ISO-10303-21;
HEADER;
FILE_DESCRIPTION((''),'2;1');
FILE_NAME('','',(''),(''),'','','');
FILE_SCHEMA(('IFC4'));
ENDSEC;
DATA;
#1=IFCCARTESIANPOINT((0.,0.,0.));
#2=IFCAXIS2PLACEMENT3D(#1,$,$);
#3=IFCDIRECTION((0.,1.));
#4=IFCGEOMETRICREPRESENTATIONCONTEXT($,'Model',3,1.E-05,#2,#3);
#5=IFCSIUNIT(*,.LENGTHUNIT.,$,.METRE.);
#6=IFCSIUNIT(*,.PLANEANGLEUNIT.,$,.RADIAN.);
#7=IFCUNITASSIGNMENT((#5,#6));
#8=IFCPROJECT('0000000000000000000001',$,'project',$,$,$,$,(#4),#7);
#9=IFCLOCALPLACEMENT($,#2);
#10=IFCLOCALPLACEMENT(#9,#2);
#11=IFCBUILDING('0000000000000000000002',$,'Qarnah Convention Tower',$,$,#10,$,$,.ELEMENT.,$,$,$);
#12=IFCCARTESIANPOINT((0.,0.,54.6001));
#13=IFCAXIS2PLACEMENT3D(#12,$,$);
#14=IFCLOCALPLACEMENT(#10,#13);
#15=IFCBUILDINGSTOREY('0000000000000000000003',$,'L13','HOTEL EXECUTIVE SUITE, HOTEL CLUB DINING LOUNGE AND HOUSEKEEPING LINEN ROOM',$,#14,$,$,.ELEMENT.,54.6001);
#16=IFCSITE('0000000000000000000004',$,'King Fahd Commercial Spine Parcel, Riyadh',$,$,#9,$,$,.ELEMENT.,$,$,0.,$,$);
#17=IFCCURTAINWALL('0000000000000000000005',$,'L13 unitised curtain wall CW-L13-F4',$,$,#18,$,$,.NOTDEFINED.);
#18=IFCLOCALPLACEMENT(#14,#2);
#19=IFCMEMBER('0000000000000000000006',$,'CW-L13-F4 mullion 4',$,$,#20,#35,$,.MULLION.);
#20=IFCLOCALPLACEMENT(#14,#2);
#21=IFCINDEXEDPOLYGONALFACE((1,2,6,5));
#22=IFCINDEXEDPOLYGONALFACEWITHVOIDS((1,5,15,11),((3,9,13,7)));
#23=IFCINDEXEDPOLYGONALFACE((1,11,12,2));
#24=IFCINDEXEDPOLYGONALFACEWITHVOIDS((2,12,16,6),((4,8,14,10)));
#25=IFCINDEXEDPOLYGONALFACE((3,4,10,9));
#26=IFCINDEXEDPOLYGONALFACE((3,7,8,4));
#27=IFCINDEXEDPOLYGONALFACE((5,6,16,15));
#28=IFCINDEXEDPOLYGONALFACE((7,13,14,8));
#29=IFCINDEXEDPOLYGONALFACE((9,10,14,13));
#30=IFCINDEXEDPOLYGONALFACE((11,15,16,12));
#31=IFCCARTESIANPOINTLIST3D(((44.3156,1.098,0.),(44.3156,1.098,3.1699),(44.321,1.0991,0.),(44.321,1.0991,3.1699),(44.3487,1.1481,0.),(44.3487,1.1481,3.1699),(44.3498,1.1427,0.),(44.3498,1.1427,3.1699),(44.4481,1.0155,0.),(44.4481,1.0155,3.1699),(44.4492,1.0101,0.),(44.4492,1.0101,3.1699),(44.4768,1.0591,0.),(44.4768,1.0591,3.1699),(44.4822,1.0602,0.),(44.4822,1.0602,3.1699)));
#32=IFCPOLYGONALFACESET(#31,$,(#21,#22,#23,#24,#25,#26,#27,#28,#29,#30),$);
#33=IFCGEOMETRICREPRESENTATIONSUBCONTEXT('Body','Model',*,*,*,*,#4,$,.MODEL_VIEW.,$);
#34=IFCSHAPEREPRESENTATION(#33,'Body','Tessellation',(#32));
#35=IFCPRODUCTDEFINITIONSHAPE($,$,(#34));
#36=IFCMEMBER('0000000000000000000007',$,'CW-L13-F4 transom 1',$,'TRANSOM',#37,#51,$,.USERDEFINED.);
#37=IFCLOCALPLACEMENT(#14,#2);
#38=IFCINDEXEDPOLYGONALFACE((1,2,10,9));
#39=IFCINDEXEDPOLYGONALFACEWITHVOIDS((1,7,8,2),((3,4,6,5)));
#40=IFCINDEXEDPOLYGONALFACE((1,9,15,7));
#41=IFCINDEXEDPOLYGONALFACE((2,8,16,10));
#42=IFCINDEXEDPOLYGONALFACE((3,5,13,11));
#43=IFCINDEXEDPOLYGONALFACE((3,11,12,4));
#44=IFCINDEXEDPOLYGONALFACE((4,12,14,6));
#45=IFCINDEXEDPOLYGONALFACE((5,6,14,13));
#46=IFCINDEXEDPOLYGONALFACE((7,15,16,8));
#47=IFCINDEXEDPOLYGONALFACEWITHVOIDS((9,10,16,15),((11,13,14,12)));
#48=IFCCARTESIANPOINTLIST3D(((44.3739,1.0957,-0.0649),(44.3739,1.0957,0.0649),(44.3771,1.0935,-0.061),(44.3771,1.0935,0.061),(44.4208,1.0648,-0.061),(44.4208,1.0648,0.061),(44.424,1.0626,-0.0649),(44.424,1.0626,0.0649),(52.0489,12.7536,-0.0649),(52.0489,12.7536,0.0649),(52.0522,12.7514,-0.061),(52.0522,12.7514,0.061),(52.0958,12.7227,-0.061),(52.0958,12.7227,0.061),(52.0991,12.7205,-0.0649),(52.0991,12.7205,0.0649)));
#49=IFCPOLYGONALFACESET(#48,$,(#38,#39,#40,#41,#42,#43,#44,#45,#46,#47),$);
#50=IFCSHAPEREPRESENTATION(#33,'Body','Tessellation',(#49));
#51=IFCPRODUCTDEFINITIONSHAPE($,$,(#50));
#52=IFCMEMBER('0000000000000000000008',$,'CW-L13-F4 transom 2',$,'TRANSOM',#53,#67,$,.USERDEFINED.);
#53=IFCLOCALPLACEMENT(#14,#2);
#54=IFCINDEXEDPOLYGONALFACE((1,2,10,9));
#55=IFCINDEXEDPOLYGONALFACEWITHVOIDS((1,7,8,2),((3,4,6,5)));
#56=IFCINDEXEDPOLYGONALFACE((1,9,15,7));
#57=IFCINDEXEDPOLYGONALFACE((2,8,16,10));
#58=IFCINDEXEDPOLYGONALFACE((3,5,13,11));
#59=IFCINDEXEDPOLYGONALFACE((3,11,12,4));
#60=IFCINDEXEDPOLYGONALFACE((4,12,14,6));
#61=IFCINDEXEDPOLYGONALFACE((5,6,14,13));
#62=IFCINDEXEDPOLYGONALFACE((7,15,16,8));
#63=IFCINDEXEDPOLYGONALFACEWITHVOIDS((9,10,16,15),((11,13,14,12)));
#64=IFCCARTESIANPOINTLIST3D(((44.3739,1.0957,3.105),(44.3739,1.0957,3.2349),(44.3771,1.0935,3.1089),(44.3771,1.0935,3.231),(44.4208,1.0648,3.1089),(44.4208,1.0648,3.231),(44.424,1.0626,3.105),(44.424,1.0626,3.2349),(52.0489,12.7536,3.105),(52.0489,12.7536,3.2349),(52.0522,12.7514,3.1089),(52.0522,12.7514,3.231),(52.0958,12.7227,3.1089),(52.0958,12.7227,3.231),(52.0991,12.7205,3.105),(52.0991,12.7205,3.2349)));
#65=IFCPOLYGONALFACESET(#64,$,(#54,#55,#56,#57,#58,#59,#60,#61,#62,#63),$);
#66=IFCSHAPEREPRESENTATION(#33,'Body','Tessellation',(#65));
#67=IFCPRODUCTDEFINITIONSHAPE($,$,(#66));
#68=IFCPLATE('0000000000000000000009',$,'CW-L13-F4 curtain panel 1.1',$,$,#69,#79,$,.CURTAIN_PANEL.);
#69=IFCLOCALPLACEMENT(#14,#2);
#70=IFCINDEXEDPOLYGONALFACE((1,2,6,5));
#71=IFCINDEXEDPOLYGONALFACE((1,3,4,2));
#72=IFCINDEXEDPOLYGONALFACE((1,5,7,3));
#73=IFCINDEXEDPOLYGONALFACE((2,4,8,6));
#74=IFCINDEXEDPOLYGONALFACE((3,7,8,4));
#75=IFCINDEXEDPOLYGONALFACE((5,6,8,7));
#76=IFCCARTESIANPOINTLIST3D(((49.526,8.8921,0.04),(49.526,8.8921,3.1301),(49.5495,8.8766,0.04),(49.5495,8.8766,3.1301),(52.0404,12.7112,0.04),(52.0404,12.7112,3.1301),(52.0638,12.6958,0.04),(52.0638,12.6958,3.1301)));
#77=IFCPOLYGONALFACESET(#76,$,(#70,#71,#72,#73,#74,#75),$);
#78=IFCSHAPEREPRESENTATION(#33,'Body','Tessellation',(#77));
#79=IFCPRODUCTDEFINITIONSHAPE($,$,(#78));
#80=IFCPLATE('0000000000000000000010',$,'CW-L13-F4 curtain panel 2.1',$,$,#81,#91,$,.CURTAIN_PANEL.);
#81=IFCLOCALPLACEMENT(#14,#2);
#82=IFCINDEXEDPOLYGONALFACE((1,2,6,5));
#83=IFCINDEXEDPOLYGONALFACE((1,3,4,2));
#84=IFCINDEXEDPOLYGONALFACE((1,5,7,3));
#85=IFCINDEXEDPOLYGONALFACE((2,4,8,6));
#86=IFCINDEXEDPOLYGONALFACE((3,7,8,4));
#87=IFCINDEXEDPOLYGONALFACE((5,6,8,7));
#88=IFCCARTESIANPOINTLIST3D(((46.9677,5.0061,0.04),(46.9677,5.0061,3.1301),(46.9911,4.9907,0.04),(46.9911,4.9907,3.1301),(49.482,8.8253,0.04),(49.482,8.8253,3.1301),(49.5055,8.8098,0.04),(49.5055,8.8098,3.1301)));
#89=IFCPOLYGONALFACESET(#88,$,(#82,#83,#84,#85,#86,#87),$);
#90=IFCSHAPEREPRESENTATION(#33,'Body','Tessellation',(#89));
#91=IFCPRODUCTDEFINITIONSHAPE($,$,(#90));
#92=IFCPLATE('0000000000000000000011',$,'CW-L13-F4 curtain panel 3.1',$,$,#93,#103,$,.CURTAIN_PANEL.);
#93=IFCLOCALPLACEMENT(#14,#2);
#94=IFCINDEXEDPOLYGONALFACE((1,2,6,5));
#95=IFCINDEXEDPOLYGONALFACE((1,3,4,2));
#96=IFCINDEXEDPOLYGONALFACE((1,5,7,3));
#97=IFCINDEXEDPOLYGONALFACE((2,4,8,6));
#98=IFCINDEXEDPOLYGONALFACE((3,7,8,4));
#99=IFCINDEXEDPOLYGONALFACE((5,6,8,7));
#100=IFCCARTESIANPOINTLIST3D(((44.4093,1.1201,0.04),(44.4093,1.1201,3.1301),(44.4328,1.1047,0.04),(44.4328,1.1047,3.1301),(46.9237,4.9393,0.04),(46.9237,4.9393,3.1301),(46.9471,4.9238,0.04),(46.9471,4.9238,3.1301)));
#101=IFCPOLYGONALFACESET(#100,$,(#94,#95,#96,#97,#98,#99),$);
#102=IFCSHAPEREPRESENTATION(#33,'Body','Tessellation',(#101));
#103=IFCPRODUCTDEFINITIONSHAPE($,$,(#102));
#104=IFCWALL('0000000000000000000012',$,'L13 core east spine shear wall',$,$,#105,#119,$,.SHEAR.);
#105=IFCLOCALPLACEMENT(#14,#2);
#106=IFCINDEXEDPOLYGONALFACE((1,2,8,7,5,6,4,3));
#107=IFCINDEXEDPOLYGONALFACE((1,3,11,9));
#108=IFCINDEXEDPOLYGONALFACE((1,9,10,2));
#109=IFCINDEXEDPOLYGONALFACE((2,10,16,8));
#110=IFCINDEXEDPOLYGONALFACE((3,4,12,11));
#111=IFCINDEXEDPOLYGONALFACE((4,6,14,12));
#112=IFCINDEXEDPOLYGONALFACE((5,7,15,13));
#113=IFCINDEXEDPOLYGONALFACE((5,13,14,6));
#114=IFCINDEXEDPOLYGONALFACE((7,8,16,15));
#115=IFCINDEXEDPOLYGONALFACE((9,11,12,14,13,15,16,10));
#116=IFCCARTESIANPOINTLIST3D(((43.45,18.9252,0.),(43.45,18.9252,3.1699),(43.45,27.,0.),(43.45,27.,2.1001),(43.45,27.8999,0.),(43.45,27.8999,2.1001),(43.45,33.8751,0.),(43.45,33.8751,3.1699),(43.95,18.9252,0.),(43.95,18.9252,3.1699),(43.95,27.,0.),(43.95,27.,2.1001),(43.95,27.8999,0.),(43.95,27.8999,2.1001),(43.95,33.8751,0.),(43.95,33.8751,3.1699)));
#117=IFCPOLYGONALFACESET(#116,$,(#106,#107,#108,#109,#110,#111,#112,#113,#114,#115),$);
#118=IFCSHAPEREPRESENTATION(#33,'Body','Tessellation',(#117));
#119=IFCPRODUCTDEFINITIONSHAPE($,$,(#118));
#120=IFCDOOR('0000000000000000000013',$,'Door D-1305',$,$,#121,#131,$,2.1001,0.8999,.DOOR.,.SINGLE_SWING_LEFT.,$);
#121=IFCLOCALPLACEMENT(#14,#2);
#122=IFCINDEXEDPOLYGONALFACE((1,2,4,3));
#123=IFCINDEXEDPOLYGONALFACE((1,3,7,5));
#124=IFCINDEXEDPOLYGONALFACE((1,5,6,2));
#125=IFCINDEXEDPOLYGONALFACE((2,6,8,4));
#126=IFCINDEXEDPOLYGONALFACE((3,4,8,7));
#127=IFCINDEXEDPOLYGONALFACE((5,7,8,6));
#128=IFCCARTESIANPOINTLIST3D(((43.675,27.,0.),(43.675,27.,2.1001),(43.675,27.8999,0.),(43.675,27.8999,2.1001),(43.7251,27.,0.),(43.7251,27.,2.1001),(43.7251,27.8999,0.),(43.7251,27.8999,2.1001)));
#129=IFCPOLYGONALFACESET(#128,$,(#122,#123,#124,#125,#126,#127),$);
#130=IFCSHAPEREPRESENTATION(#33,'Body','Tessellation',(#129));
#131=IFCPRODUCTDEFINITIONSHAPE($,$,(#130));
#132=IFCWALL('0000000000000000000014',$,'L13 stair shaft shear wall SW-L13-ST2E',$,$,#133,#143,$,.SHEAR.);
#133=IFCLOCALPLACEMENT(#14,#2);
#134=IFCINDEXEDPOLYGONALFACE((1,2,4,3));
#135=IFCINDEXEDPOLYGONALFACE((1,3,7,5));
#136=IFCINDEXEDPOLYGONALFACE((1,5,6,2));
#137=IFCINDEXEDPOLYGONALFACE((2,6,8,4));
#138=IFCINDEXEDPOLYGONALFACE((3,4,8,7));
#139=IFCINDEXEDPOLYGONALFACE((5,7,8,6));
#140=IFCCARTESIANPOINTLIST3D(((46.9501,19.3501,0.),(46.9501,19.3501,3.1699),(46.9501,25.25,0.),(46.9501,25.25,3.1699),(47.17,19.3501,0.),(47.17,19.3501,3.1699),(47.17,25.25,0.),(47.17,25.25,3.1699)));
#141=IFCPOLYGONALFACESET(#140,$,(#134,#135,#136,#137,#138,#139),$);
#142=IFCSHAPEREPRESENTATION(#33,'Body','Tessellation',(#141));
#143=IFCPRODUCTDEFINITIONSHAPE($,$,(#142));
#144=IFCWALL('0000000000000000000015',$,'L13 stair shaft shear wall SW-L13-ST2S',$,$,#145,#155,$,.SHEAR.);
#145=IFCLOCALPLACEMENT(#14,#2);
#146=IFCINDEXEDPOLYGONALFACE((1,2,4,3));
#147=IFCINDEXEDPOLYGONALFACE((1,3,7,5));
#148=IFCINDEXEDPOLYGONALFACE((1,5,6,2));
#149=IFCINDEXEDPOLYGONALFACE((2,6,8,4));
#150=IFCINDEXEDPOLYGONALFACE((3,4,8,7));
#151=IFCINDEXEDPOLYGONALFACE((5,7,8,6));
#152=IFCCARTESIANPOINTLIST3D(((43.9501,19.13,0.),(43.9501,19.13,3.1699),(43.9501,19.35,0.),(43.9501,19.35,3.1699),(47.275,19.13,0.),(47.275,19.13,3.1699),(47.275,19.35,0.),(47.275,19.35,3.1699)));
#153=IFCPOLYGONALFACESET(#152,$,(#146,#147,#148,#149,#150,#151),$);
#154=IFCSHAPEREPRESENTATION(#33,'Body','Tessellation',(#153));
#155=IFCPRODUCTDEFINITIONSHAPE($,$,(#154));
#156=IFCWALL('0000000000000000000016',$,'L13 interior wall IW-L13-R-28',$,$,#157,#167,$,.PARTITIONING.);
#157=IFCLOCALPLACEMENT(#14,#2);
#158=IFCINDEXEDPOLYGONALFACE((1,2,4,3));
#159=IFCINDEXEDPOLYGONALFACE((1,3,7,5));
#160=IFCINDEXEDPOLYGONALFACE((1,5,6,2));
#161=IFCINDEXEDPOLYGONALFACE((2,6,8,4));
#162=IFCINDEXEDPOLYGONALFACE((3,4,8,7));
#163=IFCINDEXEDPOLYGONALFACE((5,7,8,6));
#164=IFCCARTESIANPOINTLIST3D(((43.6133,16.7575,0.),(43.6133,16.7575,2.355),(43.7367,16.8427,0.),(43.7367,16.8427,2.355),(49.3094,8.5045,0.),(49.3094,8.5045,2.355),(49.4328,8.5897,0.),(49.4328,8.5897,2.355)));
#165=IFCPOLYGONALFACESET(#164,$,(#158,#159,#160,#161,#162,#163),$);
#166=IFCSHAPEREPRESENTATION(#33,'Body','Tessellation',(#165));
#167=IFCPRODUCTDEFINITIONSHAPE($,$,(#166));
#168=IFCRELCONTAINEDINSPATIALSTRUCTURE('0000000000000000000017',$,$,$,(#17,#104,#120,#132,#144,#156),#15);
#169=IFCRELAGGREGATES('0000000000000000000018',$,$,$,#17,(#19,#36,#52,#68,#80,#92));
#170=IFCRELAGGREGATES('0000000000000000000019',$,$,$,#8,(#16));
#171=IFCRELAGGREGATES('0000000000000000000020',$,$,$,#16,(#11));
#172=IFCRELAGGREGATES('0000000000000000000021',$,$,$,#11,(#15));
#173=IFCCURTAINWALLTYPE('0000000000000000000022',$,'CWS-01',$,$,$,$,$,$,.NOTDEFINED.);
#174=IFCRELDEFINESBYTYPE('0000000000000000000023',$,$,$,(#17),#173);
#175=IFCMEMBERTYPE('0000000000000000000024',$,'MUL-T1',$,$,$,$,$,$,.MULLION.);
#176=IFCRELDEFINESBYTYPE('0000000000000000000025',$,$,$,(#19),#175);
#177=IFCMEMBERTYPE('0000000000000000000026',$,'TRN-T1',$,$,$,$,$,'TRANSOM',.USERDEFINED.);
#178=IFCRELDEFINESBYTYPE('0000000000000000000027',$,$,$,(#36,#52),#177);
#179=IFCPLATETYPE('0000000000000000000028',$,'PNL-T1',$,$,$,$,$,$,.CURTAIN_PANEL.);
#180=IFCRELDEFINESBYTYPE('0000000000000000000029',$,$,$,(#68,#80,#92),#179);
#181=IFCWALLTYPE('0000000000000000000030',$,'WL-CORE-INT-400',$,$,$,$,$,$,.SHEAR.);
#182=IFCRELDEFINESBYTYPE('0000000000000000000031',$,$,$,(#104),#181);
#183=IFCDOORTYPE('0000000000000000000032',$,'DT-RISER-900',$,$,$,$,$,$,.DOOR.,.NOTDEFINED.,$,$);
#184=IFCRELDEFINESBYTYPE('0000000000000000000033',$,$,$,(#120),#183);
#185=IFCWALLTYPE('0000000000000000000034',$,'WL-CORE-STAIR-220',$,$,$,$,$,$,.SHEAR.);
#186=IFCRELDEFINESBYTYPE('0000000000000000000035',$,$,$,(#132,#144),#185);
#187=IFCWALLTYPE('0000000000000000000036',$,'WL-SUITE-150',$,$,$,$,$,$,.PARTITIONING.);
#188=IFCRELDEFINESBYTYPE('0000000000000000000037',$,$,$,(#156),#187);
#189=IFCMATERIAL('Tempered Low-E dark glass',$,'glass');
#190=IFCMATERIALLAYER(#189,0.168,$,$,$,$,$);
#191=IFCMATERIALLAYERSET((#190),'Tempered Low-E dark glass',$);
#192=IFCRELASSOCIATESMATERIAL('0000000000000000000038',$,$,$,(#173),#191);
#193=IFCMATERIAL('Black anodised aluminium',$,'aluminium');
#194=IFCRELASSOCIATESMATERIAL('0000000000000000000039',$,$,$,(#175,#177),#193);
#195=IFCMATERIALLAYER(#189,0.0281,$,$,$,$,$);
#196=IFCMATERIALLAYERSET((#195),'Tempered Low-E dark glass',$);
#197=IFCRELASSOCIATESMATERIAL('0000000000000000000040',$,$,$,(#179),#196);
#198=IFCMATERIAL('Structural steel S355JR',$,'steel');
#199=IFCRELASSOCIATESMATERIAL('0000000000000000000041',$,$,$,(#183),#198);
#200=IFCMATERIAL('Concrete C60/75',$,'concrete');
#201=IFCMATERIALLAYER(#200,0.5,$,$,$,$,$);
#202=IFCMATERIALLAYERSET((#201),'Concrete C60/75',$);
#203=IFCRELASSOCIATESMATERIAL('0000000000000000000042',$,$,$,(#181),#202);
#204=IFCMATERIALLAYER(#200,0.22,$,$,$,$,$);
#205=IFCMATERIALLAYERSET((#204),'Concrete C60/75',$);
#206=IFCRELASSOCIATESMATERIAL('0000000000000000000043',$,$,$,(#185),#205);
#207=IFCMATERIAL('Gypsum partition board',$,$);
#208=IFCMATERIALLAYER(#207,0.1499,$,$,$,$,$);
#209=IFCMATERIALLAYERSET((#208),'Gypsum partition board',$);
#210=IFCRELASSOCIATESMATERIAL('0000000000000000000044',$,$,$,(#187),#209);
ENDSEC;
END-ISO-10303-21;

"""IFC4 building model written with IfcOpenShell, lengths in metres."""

from ifc_helpers import new_model, si_unit, direction, frame, frame_2d, origin, origin_2d, place, context, subcontext, project, spatial, rectangle, hollow_rectangle, extrude, material, layer, layer_set, material_profile, profile_set, type_object, element, fill, aggregate, save


model = new_model("IFC4")

# Units and contexts
model_context = context("Model", 3, precision=1e-05, world=origin(), true_north=direction((0.0, 1.0)))
body_context = subcontext(model_context, "Body", "Model", "MODEL_VIEW")
ifc_project = project(units=[si_unit("LENGTHUNIT", "METRE"), si_unit("PLANEANGLEUNIT", "RADIAN")], contexts=[model_context])

# Site, building, storey
site_placement = place(None, origin())
site = spatial("IfcSite", under=ifc_project, at=site_placement, Name="King Fahd Commercial Spine Parcel, Riyadh", CompositionType="ELEMENT", RefElevation=0.0)
building_placement = place(site_placement, origin())
building = spatial("IfcBuilding", under=site, at=building_placement, Name="Qarnah Convention Tower", CompositionType="ELEMENT")
storey_placement = place(building_placement, frame((0.0, 0.0, 54.6001)))
storey = spatial("IfcBuildingStorey", under=building, at=storey_placement, Name="L13", Description="HOTEL EXECUTIVE SUITE, HOTEL CLUB DINING LOUNGE AND HOUSEKEEPING LINEN ROOM", CompositionType="ELEMENT", Elevation=54.6001)

# Shared definitions
ifc_material_1 = material(Name="Concrete C60/75", Category="concrete")
ifc_material_2 = material(Name="Structural steel S355JR", Category="steel")

# Shared definitions
ifc_material_3 = material(Name="Tempered Low-E dark glass", Category="glass")
ifc_layer_1 = layer(ifc_material_3, 0.168)
ifc_layer_set_1 = layer_set([ifc_layer_1], Name="Tempered Low-E dark glass")
curtain_wall_type = type_object("IfcCurtainWallType", Name="CWS-01", PredefinedType="NOTDEFINED", material=ifc_layer_set_1)
ifc_material_4 = material(Name="Black anodised aluminium", Category="aluminium")
ifc_material_profile_1 = material_profile(ifc_material_4, hollow_rectangle(XDim=0.0601, YDim=0.1599, WallThickness=0.0039, at=origin_2d()), Name="MUL-60X160")
ifc_profile_set_1 = profile_set([ifc_material_profile_1], Name="Black anodised aluminium")
member_type_1 = type_object("IfcMemberType", Name="MUL-T1", PredefinedType="MULLION", material=ifc_profile_set_1)

# Curtain wall, members, plates
curtain_wall_1_placement = place(storey_placement, origin())
curtain_wall_1 = element("IfcCurtainWall", 1, at=curtain_wall_1_placement, inside=storey, type_object=curtain_wall_type, Name="L13 unitised curtain wall CW-L13-F4", PredefinedType="NOTDEFINED")
member_1_placement = place(storey_placement, frame((44.3989, 1.0791, 0.0), z_axis=(0.0, 0.0, 1.0), x_axis=(-0.54988, -0.835244, 0.0)))
member_1 = element("IfcMember", 2, at=member_1_placement, type_object=member_type_1, Name="CW-L13-F4 mullion 4", PredefinedType="MULLION", context=body_context, shape_type="SweptSolid", body=[
    extrude(hollow_rectangle(XDim=0.0601, YDim=0.1599, WallThickness=0.0039, at=origin_2d()), origin(), (0.0, 0.0, 1.0), 3.1699),
])
ifc_material_profile_2 = material_profile(ifc_material_4, hollow_rectangle(XDim=0.0601, YDim=0.1299, WallThickness=0.0039, at=origin_2d()), Name="TRN-60X130")
ifc_profile_set_2 = profile_set([ifc_material_profile_2], Name="Black anodised aluminium")
member_type_2 = type_object("IfcMemberType", Name="TRN-T1", ElementType="TRANSOM", PredefinedType="USERDEFINED", material=ifc_profile_set_2)
member_2_placement = place(storey_placement, frame((52.074, 12.7371, 0.0), z_axis=(-0.549883, -0.835241, 0.0), x_axis=(0.835241, -0.549883, 0.0)))
member_2 = element("IfcMember", 3, at=member_2_placement, type_object=member_type_2, Name="CW-L13-F4 transom 1", ObjectType="TRANSOM", PredefinedType="USERDEFINED", context=body_context, shape_type="SweptSolid", body=[
    extrude(hollow_rectangle(XDim=0.0601, YDim=0.1299, WallThickness=0.0039, at=origin_2d()), origin(), (0.0, 0.0, 1.0), 13.9575),
])
member_3_placement = place(storey_placement, frame((52.074, 12.7371, 3.1699), z_axis=(-0.549883, -0.835241, 0.0), x_axis=(0.835241, -0.549883, 0.0)))
member_3 = element("IfcMember", 4, at=member_3_placement, type_object=member_type_2, Name="CW-L13-F4 transom 2", ObjectType="TRANSOM", PredefinedType="USERDEFINED", context=body_context, shape_type="SweptSolid", body=[
    extrude(hollow_rectangle(XDim=0.0601, YDim=0.1299, WallThickness=0.0039, at=origin_2d()), origin(), (0.0, 0.0, 1.0), 13.9575),
])
ifc_layer_2 = layer(ifc_material_3, 0.0281)
ifc_layer_set_2 = layer_set([ifc_layer_2], Name="Tempered Low-E dark glass")
plate_type = type_object("IfcPlateType", Name="PNL-T1", PredefinedType="CURTAIN_PANEL", material=ifc_layer_set_2)
plate_1_placement = place(storey_placement, frame((50.7949, 10.7939, 0.04), z_axis=(0.0, 0.0, 1.0), x_axis=(-0.54988, -0.835244, 0.0)))
plate_1 = element("IfcPlate", 5, at=plate_1_placement, type_object=plate_type, Name="CW-L13-F4 curtain panel 1.1", PredefinedType="CURTAIN_PANEL", context=body_context, shape_type="SweptSolid", body=[
    extrude(rectangle(XDim=4.5725, YDim=0.0281, at=origin_2d()), origin(), (0.0, 0.0, 1.0), 3.0901),
])
plate_2_placement = place(storey_placement, frame((48.2366, 6.908, 0.04), z_axis=(0.0, 0.0, 1.0), x_axis=(-0.54988, -0.835244, 0.0)))
plate_2 = element("IfcPlate", 6, at=plate_2_placement, type_object=plate_type, Name="CW-L13-F4 curtain panel 2.1", PredefinedType="CURTAIN_PANEL", context=body_context, shape_type="SweptSolid", body=[
    extrude(rectangle(XDim=4.5725, YDim=0.0281, at=origin_2d()), origin(), (0.0, 0.0, 1.0), 3.0901),
])
plate_3_placement = place(storey_placement, frame((45.6782, 3.022, 0.04), z_axis=(0.0, 0.0, 1.0), x_axis=(-0.54988, -0.835244, 0.0)))
plate_3 = element("IfcPlate", 7, at=plate_3_placement, type_object=plate_type, Name="CW-L13-F4 curtain panel 3.1", PredefinedType="CURTAIN_PANEL", context=body_context, shape_type="SweptSolid", body=[
    extrude(rectangle(XDim=4.5725, YDim=0.0281, at=origin_2d()), origin(), (0.0, 0.0, 1.0), 3.0901),
])
aggregate(curtain_wall_1, [member_1, member_2, member_3, plate_1, plate_2, plate_3])

# Shared definitions
door_type_1 = type_object("IfcDoorType", Name="DT-RISER-900", OperationType="NOTDEFINED", PredefinedType="DOOR", material=ifc_material_2)

# Wall, opening, door
ifc_layer_3 = layer(ifc_material_1, 0.5)
ifc_layer_set_3 = layer_set([ifc_layer_3], Name="Concrete C60/75")
wall_type_1 = type_object("IfcWallType", Name="WL-CORE-INT-400", PredefinedType="SHEAR", material=ifc_layer_set_3)
wall_1_placement = place(storey_placement, frame((43.7, 18.925, 0.0), z_axis=(0.0, 0.0, 1.0), x_axis=(0.0, 1.0, 0.0)))
wall_1 = element("IfcWall", 8, at=wall_1_placement, inside=storey, type_object=wall_type_1, Name="L13 core east spine shear wall", PredefinedType="SHEAR", context=body_context, shape_type="SweptSolid", body=[
    extrude(rectangle(XDim=14.95, YDim=0.5, at=frame_2d((7.4751, 0.0))), origin(), (0.0, 0.0, 1.0), 3.1699),
])
opening_1_placement = place(wall_1_placement, frame((8.075, 0.0, 0.0)))
opening_1 = element("IfcOpeningElement", 9, at=opening_1_placement, cuts=wall_1, PredefinedType="OPENING", context=body_context, shape_type="SweptSolid", body=[
    extrude(rectangle(XDim=0.8999, YDim=2.1001, at=frame_2d((0.45, 1.05))), frame((0.0, 0.26, 0.0), z_axis=(0.0, -1.0, 0.0), x_axis=(1.0, 0.0, 0.0)), (0.0, 0.0, 1.0), 0.52),
])
door_1_placement = place(opening_1_placement, origin())
door_1 = element("IfcDoor", 10, at=door_1_placement, inside=storey, type_object=door_type_1, Name="Door D-1305", OperationType="SINGLE_SWING_LEFT", OverallHeight=2.1001, OverallWidth=0.8999, PredefinedType="DOOR", context=body_context, shape_type="SweptSolid", body=[
    extrude(rectangle(XDim=0.8999, YDim=2.1001, at=frame_2d((0.45, 1.05))), frame((0.0, 0.0249, 0.0), z_axis=(0.0, -1.0, 0.0), x_axis=(1.0, 0.0, 0.0)), (0.0, 0.0, 1.0), 0.05),
])
fill(opening_1, door_1)

# Walls
ifc_layer_4 = layer(ifc_material_1, 0.22)
ifc_layer_set_4 = layer_set([ifc_layer_4], Name="Concrete C60/75")
wall_type_2 = type_object("IfcWallType", Name="WL-CORE-STAIR-220", PredefinedType="SHEAR", material=ifc_layer_set_4)
wall_2_placement = place(storey_placement, frame((47.0601, 19.3501, 0.0), z_axis=(0.0, 0.0, 1.0), x_axis=(0.0, 1.0, 0.0)))
element("IfcWall", 11, at=wall_2_placement, inside=storey, type_object=wall_type_2, Name="L13 stair shaft shear wall SW-L13-ST2E", PredefinedType="SHEAR", context=body_context, shape_type="SweptSolid", body=[
    extrude(rectangle(XDim=5.8999, YDim=0.22, at=frame_2d((2.95, 0.0))), origin(), (0.0, 0.0, 1.0), 3.1699),
])
wall_3_placement = place(storey_placement, frame((43.95, 19.24, 0.0), z_axis=(0.0, 0.0, 1.0), x_axis=(1.0, 0.0, 0.0)))
element("IfcWall", 12, at=wall_3_placement, inside=storey, type_object=wall_type_2, Name="L13 stair shaft shear wall SW-L13-ST2S", PredefinedType="SHEAR", context=body_context, shape_type="SweptSolid", body=[
    extrude(rectangle(XDim=3.325, YDim=0.22, at=frame_2d((1.6626, 0.0))), origin(), (0.0, 0.0, 1.0), 3.1699),
])

# Wall
ifc_material_5 = material(Name="Gypsum partition board")
ifc_layer_5 = layer(ifc_material_5, 0.1499)
ifc_layer_set_5 = layer_set([ifc_layer_5], Name="Gypsum partition board")
wall_type_3 = type_object("IfcWallType", Name="WL-SUITE-150", PredefinedType="PARTITIONING", material=ifc_layer_set_5)
wall_4_placement = place(storey_placement, frame((49.3711, 8.5471, 0.0), z_axis=(0.0, 0.0, 1.0), x_axis=(-0.568028, 0.823009, 0.0)))
element("IfcWall", 13, at=wall_4_placement, inside=storey, type_object=wall_type_3, Name="L13 interior wall IW-L13-R-28", PredefinedType="PARTITIONING", context=body_context, shape_type="SweptSolid", body=[
    extrude(rectangle(XDim=10.0278, YDim=0.1499, at=frame_2d((5.0139, 0.0))), origin(), (0.0, 0.0, 1.0), 2.355),
])

save(model, "model.ifc")
